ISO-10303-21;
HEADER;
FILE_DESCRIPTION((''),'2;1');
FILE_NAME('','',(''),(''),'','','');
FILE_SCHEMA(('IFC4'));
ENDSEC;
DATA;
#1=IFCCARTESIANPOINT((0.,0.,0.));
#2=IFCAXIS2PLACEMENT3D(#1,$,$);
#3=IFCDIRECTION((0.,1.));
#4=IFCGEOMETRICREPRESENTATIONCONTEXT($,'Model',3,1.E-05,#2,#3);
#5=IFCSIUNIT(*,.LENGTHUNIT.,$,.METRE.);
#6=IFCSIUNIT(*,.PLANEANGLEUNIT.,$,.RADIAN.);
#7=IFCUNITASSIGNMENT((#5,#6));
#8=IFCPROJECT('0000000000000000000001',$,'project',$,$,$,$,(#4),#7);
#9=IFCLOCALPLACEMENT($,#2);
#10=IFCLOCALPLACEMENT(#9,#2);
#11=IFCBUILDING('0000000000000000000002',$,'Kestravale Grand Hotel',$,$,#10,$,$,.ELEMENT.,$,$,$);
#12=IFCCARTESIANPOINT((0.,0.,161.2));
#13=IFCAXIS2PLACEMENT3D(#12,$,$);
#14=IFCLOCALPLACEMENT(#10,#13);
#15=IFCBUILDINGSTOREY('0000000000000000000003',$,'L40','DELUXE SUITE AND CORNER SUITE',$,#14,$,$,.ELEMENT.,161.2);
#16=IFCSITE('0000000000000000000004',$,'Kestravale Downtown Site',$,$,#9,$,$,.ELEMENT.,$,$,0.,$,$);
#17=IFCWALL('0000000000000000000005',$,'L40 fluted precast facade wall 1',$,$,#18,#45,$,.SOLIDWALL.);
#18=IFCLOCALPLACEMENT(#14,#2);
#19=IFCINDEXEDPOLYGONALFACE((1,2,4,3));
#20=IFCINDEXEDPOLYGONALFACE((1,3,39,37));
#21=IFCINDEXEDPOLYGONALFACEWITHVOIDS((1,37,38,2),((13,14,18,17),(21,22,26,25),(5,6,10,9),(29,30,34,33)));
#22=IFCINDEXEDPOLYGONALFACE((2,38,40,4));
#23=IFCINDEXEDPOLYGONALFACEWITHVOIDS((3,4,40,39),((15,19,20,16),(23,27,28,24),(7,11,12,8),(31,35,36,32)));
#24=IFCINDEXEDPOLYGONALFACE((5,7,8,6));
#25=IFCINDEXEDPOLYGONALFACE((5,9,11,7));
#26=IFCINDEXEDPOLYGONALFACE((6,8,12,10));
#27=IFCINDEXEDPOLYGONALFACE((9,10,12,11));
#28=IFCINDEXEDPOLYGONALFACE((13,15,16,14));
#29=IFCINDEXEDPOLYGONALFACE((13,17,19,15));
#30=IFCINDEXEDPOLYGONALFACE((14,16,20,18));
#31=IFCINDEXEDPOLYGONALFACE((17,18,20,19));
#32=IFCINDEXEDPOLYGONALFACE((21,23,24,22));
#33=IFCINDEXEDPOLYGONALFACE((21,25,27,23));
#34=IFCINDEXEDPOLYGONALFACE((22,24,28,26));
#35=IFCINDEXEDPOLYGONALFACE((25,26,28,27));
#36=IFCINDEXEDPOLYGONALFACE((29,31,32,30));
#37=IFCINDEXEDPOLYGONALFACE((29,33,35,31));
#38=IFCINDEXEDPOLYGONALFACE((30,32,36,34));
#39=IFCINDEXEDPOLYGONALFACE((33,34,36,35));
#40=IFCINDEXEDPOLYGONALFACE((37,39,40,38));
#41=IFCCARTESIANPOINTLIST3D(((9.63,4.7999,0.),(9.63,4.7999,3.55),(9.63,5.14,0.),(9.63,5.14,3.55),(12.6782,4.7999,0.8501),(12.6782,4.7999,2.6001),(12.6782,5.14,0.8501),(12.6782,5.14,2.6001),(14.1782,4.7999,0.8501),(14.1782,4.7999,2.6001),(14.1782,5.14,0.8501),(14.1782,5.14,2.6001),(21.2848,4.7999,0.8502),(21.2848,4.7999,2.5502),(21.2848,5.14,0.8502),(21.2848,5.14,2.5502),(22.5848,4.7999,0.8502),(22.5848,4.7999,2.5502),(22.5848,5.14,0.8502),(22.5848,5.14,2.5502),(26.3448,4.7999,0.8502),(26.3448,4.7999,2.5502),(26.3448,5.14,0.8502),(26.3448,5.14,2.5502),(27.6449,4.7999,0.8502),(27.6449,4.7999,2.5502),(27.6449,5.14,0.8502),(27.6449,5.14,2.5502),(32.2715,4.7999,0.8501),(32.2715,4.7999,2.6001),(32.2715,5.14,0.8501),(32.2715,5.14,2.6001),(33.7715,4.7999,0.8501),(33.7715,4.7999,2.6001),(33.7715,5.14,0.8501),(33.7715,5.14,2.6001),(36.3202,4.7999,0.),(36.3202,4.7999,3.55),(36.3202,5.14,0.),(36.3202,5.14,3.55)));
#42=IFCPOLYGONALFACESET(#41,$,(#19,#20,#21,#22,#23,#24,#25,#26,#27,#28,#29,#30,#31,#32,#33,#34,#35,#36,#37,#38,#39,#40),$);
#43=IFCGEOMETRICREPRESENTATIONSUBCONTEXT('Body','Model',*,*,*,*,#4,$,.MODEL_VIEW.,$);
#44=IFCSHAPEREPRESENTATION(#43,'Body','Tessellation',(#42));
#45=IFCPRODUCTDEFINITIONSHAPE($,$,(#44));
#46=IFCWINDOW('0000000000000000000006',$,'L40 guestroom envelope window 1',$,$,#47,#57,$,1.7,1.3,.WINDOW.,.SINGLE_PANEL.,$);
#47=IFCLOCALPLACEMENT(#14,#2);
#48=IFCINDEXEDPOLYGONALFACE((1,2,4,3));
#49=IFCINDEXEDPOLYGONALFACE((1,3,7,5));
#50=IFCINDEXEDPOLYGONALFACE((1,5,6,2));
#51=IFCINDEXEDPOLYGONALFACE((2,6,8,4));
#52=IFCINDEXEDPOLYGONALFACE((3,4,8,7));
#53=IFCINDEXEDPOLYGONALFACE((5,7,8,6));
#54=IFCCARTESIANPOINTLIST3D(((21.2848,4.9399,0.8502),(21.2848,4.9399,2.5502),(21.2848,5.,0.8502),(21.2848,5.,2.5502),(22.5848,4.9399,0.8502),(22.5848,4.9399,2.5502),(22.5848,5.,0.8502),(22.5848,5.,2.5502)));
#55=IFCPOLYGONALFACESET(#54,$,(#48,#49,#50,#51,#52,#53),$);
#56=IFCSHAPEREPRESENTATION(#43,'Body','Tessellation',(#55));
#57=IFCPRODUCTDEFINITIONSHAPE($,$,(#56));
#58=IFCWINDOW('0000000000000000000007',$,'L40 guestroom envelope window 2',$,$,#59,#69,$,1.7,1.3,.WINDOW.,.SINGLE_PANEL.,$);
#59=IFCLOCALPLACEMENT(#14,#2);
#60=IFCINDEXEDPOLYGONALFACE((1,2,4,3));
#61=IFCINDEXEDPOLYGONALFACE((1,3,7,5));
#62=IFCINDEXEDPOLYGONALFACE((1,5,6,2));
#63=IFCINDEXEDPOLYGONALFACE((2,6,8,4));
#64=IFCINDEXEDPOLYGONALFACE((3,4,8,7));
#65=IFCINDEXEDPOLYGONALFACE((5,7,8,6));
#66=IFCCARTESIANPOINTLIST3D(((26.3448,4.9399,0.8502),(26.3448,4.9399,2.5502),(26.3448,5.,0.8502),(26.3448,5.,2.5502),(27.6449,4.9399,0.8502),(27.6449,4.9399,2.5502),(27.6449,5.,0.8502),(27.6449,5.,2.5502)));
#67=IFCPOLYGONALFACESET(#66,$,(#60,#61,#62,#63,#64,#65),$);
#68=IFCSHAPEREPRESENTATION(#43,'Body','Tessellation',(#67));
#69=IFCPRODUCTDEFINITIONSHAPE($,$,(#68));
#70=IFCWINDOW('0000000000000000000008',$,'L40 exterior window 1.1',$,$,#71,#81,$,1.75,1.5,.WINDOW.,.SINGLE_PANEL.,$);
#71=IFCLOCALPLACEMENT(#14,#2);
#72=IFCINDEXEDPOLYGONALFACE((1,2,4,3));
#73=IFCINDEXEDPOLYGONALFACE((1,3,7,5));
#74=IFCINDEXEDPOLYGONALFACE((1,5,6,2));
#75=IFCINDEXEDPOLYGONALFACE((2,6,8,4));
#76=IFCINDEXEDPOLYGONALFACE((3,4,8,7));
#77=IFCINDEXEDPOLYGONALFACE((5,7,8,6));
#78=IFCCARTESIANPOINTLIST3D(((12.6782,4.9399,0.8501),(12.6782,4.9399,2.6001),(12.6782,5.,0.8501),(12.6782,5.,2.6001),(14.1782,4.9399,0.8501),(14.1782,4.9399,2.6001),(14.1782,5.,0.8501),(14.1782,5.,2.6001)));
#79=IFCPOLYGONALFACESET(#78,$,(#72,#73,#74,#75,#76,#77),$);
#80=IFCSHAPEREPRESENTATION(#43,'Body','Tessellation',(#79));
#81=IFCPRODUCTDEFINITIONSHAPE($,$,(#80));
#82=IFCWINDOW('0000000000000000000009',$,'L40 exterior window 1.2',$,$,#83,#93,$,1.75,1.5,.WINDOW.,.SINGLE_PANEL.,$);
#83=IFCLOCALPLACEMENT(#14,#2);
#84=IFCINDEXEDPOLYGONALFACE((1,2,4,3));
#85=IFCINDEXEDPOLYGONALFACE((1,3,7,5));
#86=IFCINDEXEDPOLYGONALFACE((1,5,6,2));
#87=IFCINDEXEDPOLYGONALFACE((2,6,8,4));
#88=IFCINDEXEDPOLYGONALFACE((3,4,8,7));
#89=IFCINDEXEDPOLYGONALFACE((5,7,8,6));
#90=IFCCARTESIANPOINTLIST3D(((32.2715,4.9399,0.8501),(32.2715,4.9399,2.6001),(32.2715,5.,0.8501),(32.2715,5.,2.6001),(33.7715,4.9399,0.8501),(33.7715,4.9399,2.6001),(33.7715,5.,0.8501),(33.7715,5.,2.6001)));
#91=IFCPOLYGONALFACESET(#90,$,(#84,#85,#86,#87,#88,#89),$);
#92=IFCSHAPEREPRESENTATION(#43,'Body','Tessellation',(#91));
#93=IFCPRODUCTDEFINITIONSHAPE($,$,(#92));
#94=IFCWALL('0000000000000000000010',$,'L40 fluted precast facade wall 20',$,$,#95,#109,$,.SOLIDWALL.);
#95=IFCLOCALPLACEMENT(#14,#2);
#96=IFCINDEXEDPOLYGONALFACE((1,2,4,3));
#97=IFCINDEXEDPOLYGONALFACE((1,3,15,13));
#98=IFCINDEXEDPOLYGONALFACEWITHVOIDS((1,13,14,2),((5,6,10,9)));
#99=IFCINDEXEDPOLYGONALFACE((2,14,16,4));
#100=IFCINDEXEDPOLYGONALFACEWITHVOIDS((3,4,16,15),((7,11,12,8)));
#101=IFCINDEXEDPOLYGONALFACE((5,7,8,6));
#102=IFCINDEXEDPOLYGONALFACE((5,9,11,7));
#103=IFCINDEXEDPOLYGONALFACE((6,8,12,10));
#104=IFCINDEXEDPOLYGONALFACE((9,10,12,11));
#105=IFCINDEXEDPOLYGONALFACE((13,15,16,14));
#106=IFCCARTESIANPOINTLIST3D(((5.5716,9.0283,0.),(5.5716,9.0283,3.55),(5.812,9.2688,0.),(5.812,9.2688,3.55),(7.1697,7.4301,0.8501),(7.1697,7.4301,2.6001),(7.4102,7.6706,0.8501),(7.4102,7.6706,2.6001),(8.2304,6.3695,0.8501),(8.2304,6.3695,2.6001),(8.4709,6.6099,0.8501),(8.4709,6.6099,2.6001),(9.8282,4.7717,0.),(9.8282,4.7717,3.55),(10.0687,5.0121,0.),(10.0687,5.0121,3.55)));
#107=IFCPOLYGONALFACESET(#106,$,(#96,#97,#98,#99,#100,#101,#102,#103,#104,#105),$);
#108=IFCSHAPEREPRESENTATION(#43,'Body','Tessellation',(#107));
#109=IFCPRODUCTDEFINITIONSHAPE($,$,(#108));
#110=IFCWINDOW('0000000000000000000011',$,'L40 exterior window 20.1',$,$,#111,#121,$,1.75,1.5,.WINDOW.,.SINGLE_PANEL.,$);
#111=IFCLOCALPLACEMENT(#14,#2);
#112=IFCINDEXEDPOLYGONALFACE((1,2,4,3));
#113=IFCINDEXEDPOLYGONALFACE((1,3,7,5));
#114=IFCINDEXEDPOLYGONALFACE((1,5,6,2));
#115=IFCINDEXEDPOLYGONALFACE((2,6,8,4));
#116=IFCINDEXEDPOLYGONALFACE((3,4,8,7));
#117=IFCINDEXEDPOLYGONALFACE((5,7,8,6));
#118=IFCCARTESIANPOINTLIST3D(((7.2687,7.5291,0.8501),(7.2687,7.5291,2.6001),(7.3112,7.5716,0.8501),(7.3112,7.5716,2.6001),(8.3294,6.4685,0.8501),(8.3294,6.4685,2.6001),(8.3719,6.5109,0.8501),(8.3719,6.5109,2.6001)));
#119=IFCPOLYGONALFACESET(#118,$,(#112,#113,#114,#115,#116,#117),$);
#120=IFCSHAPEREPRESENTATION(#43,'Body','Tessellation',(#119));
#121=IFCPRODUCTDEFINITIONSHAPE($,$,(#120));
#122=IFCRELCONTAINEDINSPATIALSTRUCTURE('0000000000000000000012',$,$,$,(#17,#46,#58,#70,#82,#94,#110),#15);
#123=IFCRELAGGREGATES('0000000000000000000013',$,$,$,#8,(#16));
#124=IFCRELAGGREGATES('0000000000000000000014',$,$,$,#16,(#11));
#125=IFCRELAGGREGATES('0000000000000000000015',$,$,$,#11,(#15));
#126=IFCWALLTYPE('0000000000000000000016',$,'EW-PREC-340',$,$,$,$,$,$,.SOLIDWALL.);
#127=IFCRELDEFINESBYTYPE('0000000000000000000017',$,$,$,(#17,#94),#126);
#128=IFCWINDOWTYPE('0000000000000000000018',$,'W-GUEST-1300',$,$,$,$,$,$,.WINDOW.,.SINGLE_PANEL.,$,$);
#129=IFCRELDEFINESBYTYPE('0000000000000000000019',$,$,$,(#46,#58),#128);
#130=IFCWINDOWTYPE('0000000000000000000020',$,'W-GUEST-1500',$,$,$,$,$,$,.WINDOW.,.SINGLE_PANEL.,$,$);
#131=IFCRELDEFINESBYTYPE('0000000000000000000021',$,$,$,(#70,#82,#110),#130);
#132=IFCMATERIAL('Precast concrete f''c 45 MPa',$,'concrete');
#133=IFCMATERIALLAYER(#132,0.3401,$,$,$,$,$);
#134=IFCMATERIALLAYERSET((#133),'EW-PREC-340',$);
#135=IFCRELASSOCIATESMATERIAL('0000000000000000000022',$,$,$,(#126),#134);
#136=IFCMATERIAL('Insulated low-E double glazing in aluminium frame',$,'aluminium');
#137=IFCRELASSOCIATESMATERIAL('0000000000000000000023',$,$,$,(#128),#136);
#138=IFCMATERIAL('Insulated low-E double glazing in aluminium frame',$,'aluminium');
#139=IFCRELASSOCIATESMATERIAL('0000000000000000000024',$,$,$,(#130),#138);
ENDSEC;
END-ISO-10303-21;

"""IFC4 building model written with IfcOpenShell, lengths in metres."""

from ifc_helpers import new_model, si_unit, direction, frame, frame_2d, origin, place, context, subcontext, project, spatial, rectangle, extrude, material, layer, layer_set, type_object, element, fill, save


model = new_model("IFC4")

# Units and contexts
model_context = context("Model", 3, precision=1e-05, world=origin(), true_north=direction((0.0, 1.0)))
body_context = subcontext(model_context, "Body", "Model", "MODEL_VIEW")
ifc_project = project(units=[si_unit("LENGTHUNIT", "METRE"), si_unit("PLANEANGLEUNIT", "RADIAN")], contexts=[model_context])

# Site, building, storey
site_placement = place(None, origin())
site = spatial("IfcSite", under=ifc_project, at=site_placement, Name="Kestravale Downtown Site", CompositionType="ELEMENT", RefElevation=0.0)
building_placement = place(site_placement, origin())
building = spatial("IfcBuilding", under=site, at=building_placement, Name="Kestravale Grand Hotel", CompositionType="ELEMENT")
storey_placement = place(building_placement, frame((0.0, 0.0, 161.2)))
storey = spatial("IfcBuildingStorey", under=building, at=storey_placement, Name="L40", Description="DELUXE SUITE AND CORNER SUITE", CompositionType="ELEMENT", Elevation=161.2)

# Wall, openings, windows
ifc_material_1 = material(Name="Precast concrete f'c 45 MPa", Category="concrete")
ifc_layer_1 = layer(ifc_material_1, 0.3401)
ifc_layer_set_1 = layer_set([ifc_layer_1], Name="EW-PREC-340")
wall_type_1 = type_object("IfcWallType", Name="EW-PREC-340", PredefinedType="SOLIDWALL", material=ifc_layer_set_1)
wall_1_placement = place(storey_placement, frame((9.6299, 4.97, 0.0), z_axis=(0.0, 0.0, 1.0), x_axis=(1.0, 0.0, 0.0)))
wall_1 = element("IfcWall", 1, at=wall_1_placement, inside=storey, type_object=wall_type_1, Name="L40 fluted precast facade wall 1", PredefinedType="SOLIDWALL", context=body_context, shape_type="SweptSolid", body=[
    extrude(rectangle(XDim=26.6902, YDim=0.3401, at=frame_2d((13.3452, 0.0))), origin(), (0.0, 0.0, 1.0), 3.55),
])
opening_1_placement = place(wall_1_placement, frame((3.0483, 0.0, 0.8501)))
opening_1 = element("IfcOpeningElement", 2, at=opening_1_placement, cuts=wall_1, PredefinedType="OPENING", context=body_context, shape_type="SweptSolid", body=[
    extrude(rectangle(XDim=1.5, YDim=1.75, at=frame_2d((0.75, 0.875))), frame((0.0, 0.1799, 0.0), z_axis=(0.0, -1.0, 0.0), x_axis=(1.0, 0.0, 0.0)), (0.0, 0.0, 1.0), 0.3601),
])
opening_2_placement = place(wall_1_placement, frame((22.6416, 0.0, 0.8501)))
opening_2 = element("IfcOpeningElement", 3, at=opening_2_placement, cuts=wall_1, PredefinedType="OPENING", context=body_context, shape_type="SweptSolid", body=[
    extrude(rectangle(XDim=1.5, YDim=1.75, at=frame_2d((0.75, 0.875))), frame((0.0, 0.1799, 0.0), z_axis=(0.0, -1.0, 0.0), x_axis=(1.0, 0.0, 0.0)), (0.0, 0.0, 1.0), 0.3601),
])
opening_3_placement = place(wall_1_placement, frame((11.655, 0.0, 0.8501)))
opening_3 = element("IfcOpeningElement", 4, at=opening_3_placement, cuts=wall_1, PredefinedType="OPENING", context=body_context, shape_type="SweptSolid", body=[
    extrude(rectangle(XDim=1.3, YDim=1.7, at=frame_2d((0.6499, 0.8501))), frame((0.0, 0.1799, 0.0), z_axis=(0.0, -1.0, 0.0), x_axis=(1.0, 0.0, 0.0)), (0.0, 0.0, 1.0), 0.3601),
])
opening_4_placement = place(wall_1_placement, frame((16.7151, 0.0, 0.8501)))
opening_4 = element("IfcOpeningElement", 5, at=opening_4_placement, cuts=wall_1, PredefinedType="OPENING", context=body_context, shape_type="SweptSolid", body=[
    extrude(rectangle(XDim=1.3, YDim=1.7, at=frame_2d((0.6499, 0.8501))), frame((0.0, 0.1799, 0.0), z_axis=(0.0, -1.0, 0.0), x_axis=(1.0, 0.0, 0.0)), (0.0, 0.0, 1.0), 0.3601),
])
ifc_material_2 = material(Name="Insulated low-E double glazing in aluminium frame", Category="aluminium")
window_type_1 = type_object("IfcWindowType", Name="W-GUEST-1300", PartitioningType="SINGLE_PANEL", PredefinedType="WINDOW", material=ifc_material_2)
window_1_placement = place(opening_3_placement, origin())
window_1 = element("IfcWindow", 6, at=window_1_placement, inside=storey, type_object=window_type_1, Name="L40 guestroom envelope window 1", OverallHeight=1.7, OverallWidth=1.3, PartitioningType="SINGLE_PANEL", PredefinedType="WINDOW", context=body_context, shape_type="SweptSolid", body=[
    extrude(rectangle(XDim=1.3, YDim=1.7, at=frame_2d((0.6499, 0.8501))), frame((0.0, 0.03, 0.0), z_axis=(0.0, -1.0, 0.0), x_axis=(1.0, 0.0, 0.0)), (0.0, 0.0, 1.0), 0.0601),
])
fill(opening_3, window_1)
window_2_placement = place(opening_4_placement, origin())
window_2 = element("IfcWindow", 7, at=window_2_placement, inside=storey, type_object=window_type_1, Name="L40 guestroom envelope window 2", OverallHeight=1.7, OverallWidth=1.3, PartitioningType="SINGLE_PANEL", PredefinedType="WINDOW", context=body_context, shape_type="SweptSolid", body=[
    extrude(rectangle(XDim=1.3, YDim=1.7, at=frame_2d((0.6499, 0.8501))), frame((0.0, 0.03, 0.0), z_axis=(0.0, -1.0, 0.0), x_axis=(1.0, 0.0, 0.0)), (0.0, 0.0, 1.0), 0.0601),
])
fill(opening_4, window_2)
ifc_material_3 = material(Name="Insulated low-E double glazing in aluminium frame", Category="aluminium")
window_type_2 = type_object("IfcWindowType", Name="W-GUEST-1500", PartitioningType="SINGLE_PANEL", PredefinedType="WINDOW", material=ifc_material_3)
window_3_placement = place(opening_1_placement, origin())
window_3 = element("IfcWindow", 8, at=window_3_placement, inside=storey, type_object=window_type_2, Name="L40 exterior window 1.1", OverallHeight=1.75, OverallWidth=1.5, PartitioningType="SINGLE_PANEL", PredefinedType="WINDOW", context=body_context, shape_type="SweptSolid", body=[
    extrude(rectangle(XDim=1.5, YDim=1.75, at=frame_2d((0.75, 0.875))), frame((0.0, 0.03, 0.0), z_axis=(0.0, -1.0, 0.0), x_axis=(1.0, 0.0, 0.0)), (0.0, 0.0, 1.0), 0.0601),
])
fill(opening_1, window_3)
window_4_placement = place(opening_2_placement, origin())
window_4 = element("IfcWindow", 9, at=window_4_placement, inside=storey, type_object=window_type_2, Name="L40 exterior window 1.2", OverallHeight=1.75, OverallWidth=1.5, PartitioningType="SINGLE_PANEL", PredefinedType="WINDOW", context=body_context, shape_type="SweptSolid", body=[
    extrude(rectangle(XDim=1.5, YDim=1.75, at=frame_2d((0.75, 0.875))), frame((0.0, 0.03, 0.0), z_axis=(0.0, -1.0, 0.0), x_axis=(1.0, 0.0, 0.0)), (0.0, 0.0, 1.0), 0.0601),
])
fill(opening_2, window_4)

# Wall, opening, window
wall_2_placement = place(storey_placement, frame((5.6919, 9.1484, 0.0), z_axis=(0.0, 0.0, 1.0), x_axis=(0.707107, -0.707107, 0.0)))
wall_2 = element("IfcWall", 10, at=wall_2_placement, inside=storey, type_object=wall_type_1, Name="L40 fluted precast facade wall 20", PredefinedType="SOLIDWALL", context=body_context, shape_type="SweptSolid", body=[
    extrude(rectangle(XDim=6.0198, YDim=0.3401, at=frame_2d((3.0098, 0.0))), origin(), (0.0, 0.0, 1.0), 3.55),
])
opening_5_placement = place(wall_2_placement, frame((2.26, 0.0, 0.8501)))
opening_5 = element("IfcOpeningElement", 11, at=opening_5_placement, cuts=wall_2, PredefinedType="OPENING", context=body_context, shape_type="SweptSolid", body=[
    extrude(rectangle(XDim=1.5, YDim=1.75, at=frame_2d((0.75, 0.875))), frame((0.0, 0.1799, 0.0), z_axis=(0.0, -1.0, 0.0), x_axis=(1.0, 0.0, 0.0)), (0.0, 0.0, 1.0), 0.3601),
])
window_5_placement = place(opening_5_placement, origin())
window_5 = element("IfcWindow", 12, at=window_5_placement, inside=storey, type_object=window_type_2, Name="L40 exterior window 20.1", OverallHeight=1.75, OverallWidth=1.5, PartitioningType="SINGLE_PANEL", PredefinedType="WINDOW", context=body_context, shape_type="SweptSolid", body=[
    extrude(rectangle(XDim=1.5, YDim=1.75, at=frame_2d((0.75, 0.875))), frame((0.0, 0.03, 0.0), z_axis=(0.0, -1.0, 0.0), x_axis=(1.0, 0.0, 0.0)), (0.0, 0.0, 1.0), 0.0601),
])
fill(opening_5, window_5)

save(model, "model.ifc")
